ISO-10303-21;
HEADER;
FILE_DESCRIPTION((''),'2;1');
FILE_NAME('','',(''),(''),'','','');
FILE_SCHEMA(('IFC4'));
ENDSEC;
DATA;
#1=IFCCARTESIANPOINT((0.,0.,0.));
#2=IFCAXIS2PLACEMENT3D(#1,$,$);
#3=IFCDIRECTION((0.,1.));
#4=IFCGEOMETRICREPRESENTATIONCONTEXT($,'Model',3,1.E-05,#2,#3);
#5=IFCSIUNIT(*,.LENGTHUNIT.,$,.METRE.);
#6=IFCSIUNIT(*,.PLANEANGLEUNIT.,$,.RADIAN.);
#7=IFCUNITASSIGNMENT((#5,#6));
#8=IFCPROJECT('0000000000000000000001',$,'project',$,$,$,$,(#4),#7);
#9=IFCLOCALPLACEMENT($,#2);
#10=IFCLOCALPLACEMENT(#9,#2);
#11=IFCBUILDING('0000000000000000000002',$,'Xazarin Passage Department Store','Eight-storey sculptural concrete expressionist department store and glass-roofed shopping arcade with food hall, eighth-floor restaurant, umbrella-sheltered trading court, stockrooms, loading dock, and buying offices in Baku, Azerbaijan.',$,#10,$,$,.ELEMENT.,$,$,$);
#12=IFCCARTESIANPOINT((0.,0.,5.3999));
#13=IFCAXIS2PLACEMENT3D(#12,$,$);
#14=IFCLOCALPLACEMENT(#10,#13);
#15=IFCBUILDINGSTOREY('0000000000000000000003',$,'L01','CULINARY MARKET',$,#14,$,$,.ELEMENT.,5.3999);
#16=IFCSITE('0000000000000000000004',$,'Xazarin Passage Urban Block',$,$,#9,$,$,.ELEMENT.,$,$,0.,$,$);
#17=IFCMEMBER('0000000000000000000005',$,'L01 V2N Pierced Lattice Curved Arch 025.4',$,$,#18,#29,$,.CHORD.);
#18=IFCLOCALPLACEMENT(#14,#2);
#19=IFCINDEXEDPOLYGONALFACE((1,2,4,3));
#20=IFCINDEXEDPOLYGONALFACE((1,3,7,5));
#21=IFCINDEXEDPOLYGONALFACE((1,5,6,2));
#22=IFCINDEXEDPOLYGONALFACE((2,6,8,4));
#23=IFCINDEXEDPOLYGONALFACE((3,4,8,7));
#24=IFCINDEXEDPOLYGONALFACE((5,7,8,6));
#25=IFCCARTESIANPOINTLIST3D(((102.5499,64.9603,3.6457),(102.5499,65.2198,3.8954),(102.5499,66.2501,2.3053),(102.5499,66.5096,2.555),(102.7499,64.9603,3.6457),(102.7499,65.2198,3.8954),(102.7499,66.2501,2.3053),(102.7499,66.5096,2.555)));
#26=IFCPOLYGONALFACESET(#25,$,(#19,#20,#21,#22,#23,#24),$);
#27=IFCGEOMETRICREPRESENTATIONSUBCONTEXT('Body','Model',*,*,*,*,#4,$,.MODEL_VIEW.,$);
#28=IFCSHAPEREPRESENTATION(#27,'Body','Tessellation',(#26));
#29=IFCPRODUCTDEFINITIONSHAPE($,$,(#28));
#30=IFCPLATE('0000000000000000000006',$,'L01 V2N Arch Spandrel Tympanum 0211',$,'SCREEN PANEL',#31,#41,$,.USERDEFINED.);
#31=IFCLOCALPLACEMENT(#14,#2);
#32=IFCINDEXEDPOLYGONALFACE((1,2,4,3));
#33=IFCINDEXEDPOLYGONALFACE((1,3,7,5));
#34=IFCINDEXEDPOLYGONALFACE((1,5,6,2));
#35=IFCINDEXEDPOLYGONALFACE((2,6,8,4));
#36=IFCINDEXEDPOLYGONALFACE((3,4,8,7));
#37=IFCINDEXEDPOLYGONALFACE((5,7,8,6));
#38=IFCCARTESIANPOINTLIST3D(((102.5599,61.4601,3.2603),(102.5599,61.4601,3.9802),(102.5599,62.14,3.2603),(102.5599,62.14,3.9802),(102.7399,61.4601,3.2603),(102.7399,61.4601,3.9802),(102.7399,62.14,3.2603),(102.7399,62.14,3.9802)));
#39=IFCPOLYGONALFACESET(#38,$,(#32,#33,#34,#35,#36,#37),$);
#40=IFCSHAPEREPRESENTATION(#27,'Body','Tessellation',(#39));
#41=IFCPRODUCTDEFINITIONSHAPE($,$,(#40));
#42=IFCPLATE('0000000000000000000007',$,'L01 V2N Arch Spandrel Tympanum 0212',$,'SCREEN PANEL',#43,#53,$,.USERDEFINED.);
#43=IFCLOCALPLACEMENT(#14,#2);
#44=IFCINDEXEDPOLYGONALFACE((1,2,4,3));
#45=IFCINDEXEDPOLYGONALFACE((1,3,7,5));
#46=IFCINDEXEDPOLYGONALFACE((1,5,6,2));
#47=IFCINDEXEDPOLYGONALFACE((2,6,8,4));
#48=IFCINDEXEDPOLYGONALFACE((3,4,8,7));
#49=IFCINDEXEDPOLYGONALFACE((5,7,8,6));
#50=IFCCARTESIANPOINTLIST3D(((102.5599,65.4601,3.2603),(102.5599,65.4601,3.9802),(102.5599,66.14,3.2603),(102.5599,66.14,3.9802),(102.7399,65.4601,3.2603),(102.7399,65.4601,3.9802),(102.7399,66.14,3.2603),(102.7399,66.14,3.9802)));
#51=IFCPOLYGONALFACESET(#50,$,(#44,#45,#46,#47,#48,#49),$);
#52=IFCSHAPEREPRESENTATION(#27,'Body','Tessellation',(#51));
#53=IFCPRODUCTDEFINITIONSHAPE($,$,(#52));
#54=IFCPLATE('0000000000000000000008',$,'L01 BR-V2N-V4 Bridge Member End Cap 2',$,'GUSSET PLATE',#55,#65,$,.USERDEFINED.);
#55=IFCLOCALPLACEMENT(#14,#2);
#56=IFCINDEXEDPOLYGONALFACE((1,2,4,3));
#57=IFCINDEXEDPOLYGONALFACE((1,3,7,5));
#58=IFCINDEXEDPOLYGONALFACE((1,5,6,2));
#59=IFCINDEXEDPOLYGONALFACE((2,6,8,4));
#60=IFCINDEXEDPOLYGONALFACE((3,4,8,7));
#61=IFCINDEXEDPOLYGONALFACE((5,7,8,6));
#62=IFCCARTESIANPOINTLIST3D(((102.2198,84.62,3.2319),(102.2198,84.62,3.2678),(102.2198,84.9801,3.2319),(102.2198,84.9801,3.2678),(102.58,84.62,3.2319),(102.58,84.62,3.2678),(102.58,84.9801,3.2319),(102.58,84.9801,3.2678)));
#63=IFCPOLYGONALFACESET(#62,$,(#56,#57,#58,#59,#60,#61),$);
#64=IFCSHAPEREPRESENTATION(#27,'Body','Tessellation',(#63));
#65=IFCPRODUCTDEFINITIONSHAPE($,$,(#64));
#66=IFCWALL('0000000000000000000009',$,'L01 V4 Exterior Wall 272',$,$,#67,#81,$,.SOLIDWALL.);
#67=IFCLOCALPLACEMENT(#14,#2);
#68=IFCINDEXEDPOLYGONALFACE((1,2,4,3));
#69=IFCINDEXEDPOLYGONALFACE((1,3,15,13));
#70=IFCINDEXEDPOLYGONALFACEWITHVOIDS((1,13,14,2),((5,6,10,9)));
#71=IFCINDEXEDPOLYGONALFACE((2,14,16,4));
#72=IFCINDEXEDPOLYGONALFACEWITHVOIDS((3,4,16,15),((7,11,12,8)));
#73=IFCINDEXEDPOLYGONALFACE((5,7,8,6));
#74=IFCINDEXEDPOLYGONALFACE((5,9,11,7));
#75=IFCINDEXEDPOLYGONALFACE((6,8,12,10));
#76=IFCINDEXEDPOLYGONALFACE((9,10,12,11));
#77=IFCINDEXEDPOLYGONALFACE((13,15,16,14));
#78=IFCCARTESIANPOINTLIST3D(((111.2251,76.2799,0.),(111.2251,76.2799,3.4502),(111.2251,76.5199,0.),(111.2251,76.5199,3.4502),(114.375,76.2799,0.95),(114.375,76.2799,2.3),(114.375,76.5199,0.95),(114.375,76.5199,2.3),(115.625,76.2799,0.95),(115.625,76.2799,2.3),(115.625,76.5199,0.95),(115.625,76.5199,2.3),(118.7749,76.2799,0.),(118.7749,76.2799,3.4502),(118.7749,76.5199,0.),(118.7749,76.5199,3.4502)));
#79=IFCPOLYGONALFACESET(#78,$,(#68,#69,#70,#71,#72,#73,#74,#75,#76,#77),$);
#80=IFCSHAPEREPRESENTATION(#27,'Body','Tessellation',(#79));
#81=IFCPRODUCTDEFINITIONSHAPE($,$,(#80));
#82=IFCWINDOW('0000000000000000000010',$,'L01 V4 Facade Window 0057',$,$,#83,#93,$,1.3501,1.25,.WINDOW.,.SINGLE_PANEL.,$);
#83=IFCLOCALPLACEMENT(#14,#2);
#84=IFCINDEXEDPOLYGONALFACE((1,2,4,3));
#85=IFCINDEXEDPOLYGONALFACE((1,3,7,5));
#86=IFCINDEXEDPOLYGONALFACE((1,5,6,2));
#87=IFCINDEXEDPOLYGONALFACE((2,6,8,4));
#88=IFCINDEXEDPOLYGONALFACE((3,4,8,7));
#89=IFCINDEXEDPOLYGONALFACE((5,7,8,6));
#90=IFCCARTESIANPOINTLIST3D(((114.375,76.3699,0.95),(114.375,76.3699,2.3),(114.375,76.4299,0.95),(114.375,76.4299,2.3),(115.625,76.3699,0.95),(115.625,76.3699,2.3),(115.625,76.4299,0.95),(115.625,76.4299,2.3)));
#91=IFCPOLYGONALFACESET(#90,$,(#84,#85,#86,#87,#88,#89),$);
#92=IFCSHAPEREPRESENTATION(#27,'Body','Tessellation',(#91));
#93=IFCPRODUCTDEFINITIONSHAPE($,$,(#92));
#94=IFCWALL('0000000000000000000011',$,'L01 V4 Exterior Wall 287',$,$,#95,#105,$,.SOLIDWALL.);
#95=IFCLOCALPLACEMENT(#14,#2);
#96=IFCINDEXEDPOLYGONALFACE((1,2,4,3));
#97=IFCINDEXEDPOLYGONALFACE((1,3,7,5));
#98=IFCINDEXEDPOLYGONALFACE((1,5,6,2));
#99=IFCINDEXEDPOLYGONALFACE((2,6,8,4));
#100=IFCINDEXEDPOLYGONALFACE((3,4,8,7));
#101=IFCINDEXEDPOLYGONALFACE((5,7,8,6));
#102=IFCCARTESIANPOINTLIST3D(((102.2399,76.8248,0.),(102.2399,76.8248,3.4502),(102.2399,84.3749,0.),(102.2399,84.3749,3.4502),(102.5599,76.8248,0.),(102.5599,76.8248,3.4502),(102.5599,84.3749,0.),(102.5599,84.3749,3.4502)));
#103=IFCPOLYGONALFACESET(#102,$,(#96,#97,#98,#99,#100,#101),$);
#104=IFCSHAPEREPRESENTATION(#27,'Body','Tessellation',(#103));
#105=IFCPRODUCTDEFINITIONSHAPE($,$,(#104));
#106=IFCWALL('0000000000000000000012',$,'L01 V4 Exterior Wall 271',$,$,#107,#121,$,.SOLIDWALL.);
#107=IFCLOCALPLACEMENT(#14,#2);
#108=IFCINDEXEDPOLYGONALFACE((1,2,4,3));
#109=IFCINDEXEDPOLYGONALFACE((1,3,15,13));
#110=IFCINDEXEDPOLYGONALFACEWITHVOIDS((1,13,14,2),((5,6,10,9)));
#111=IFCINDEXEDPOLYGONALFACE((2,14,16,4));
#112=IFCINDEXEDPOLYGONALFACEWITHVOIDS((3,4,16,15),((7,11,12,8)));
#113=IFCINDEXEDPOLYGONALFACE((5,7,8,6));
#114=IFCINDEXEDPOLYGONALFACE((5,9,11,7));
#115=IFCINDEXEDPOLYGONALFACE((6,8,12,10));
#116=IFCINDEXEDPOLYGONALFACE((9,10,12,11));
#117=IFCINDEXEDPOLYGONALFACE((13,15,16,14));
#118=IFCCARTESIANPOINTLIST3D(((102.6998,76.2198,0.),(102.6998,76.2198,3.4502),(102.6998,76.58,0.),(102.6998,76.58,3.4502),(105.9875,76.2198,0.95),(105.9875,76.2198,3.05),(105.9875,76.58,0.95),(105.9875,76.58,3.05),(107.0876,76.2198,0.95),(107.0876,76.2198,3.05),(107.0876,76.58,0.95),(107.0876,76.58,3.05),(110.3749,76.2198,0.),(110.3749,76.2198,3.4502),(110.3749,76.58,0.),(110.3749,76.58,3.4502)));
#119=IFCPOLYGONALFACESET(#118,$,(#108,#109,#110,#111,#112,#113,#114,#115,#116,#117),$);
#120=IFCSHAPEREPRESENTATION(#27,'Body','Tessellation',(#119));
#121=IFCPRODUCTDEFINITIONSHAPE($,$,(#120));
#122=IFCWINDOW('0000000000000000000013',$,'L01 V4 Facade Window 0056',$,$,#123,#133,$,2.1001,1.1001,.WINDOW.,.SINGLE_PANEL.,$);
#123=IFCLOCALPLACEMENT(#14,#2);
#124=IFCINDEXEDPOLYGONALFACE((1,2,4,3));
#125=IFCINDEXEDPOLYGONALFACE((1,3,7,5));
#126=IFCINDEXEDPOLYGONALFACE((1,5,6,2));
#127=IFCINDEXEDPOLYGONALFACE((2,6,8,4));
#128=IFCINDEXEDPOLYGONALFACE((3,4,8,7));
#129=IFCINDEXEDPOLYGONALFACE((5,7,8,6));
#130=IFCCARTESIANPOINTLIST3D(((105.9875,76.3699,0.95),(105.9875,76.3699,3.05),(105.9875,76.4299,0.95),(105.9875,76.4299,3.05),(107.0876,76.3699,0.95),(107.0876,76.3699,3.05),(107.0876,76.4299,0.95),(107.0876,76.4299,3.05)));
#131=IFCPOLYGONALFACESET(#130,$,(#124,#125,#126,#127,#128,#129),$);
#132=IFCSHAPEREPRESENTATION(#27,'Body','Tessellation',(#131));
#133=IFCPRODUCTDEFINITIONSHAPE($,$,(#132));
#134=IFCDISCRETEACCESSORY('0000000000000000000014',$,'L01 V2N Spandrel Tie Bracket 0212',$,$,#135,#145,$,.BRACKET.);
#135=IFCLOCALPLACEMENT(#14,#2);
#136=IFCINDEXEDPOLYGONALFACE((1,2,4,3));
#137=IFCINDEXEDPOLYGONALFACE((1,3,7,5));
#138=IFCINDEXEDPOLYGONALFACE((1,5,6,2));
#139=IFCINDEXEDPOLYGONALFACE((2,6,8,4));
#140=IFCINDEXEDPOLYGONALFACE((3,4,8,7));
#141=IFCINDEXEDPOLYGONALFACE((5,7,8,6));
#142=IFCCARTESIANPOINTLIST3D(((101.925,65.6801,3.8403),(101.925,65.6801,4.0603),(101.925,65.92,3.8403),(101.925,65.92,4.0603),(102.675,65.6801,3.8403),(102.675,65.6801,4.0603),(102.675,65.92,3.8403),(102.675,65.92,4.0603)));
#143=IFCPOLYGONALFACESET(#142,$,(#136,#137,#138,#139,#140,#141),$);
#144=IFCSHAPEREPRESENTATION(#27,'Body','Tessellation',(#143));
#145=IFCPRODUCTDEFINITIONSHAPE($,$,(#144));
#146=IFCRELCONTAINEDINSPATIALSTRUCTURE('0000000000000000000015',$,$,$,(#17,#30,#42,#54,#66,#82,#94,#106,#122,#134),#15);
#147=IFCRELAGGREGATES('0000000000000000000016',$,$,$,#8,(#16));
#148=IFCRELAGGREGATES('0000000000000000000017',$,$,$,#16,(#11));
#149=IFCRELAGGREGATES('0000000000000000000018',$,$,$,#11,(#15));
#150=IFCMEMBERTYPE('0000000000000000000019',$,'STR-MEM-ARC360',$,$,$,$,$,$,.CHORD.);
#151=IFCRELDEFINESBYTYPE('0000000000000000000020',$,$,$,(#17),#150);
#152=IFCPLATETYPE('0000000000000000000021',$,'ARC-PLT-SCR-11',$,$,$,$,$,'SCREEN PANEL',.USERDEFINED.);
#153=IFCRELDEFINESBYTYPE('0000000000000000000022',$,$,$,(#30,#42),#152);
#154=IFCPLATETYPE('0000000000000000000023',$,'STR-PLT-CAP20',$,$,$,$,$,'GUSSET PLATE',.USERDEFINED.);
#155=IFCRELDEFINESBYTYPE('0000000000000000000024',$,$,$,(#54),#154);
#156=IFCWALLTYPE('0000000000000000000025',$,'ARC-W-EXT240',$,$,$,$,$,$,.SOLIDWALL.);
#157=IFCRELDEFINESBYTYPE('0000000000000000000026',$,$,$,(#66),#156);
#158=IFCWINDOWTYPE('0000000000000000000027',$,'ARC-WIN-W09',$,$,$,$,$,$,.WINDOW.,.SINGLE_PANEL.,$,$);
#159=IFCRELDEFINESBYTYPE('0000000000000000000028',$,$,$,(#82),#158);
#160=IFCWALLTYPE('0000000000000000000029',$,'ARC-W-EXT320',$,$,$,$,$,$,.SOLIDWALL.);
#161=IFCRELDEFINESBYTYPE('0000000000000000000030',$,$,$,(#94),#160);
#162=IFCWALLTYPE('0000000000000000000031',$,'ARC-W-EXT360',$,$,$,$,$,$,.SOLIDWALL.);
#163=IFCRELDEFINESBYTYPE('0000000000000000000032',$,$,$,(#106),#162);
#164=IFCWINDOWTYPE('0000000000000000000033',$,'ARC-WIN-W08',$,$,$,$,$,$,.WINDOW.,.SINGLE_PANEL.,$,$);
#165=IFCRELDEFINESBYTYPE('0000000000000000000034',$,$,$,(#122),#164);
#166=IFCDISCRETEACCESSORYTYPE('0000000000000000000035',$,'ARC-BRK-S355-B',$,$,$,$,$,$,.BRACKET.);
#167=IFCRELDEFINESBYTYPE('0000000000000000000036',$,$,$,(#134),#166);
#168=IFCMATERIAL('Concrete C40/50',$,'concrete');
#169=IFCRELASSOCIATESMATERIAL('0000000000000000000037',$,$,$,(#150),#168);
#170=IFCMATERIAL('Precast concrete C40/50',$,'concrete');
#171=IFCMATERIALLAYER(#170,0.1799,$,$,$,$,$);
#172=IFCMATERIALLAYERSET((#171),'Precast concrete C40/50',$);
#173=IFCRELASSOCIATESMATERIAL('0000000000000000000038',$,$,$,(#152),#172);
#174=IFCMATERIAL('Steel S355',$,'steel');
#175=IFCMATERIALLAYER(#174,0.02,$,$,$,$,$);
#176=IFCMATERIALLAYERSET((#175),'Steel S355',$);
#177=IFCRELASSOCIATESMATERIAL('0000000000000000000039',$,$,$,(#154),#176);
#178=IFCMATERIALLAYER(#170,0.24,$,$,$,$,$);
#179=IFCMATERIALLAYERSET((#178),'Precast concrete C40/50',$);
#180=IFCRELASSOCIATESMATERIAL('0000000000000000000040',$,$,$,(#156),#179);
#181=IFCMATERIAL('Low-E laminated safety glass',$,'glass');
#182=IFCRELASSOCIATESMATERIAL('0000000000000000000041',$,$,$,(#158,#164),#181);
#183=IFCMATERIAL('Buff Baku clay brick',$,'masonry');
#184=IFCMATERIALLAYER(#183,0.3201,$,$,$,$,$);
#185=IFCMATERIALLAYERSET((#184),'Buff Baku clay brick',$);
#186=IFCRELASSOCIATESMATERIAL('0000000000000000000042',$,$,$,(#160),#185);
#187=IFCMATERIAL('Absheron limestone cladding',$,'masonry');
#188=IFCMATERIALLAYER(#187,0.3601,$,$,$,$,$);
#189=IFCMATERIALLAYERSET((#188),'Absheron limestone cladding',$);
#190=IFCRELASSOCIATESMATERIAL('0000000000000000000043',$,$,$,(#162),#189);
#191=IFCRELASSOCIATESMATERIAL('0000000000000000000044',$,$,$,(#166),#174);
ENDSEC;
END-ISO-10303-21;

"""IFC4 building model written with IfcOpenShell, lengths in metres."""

from ifc_helpers import new_model, si_unit, direction, frame, frame_2d, origin, origin_2d, place, context, subcontext, project, spatial, rectangle, extrude, material, layer, layer_set, material_profile, profile_set, type_object, element, fill, save


model = new_model("IFC4")

# Units and contexts
model_context = context("Model", 3, precision=1e-05, world=origin(), true_north=direction((0.0, 1.0)))
body_context = subcontext(model_context, "Body", "Model", "MODEL_VIEW")
ifc_project = project(units=[si_unit("LENGTHUNIT", "METRE"), si_unit("PLANEANGLEUNIT", "RADIAN")], contexts=[model_context])

# Site, building, storey
site_placement = place(None, origin())
site = spatial("IfcSite", under=ifc_project, at=site_placement, Name="Xazarin Passage Urban Block", CompositionType="ELEMENT", RefElevation=0.0)
building_placement = place(site_placement, origin())
building = spatial("IfcBuilding", under=site, at=building_placement, Name="Xazarin Passage Department Store", Description="Eight-storey sculptural concrete expressionist department store and glass-roofed shopping arcade with food hall, eighth-floor restaurant, umbrella-sheltered trading court, stockrooms, loading dock, and buying offices in Baku, Azerbaijan.", CompositionType="ELEMENT")
storey_placement = place(building_placement, frame((0.0, 0.0, 5.3999)))
storey = spatial("IfcBuildingStorey", under=building, at=storey_placement, Name="L01", Description="CULINARY MARKET", CompositionType="ELEMENT", Elevation=5.3999)

# Shared definitions
ifc_material_1 = material(Name="Concrete C40/50", Category="concrete")

# Member
ifc_material_profile_1 = material_profile(ifc_material_1, rectangle(XDim=0.2, YDim=0.3601, at=origin_2d()), Name="RC 200x360")
ifc_profile_set_1 = profile_set([ifc_material_profile_1], Name="Concrete C40/50")
member_type = type_object("IfcMemberType", Name="STR-MEM-ARC360", PredefinedType="CHORD", material=ifc_profile_set_1)
member_placement = place(storey_placement, frame((102.6499, 65.0901, 3.7705), z_axis=(0.0, 0.693392, -0.720561), x_axis=(-1.0, 0.0, 0.0)))
element("IfcMember", 1, at=member_placement, inside=storey, type_object=member_type, Name="L01 V2N Pierced Lattice Curved Arch 025.4", PredefinedType="CHORD", context=body_context, shape_type="SweptSolid", body=[
    extrude(rectangle(XDim=0.2, YDim=0.3601, at=origin_2d()), origin(), (0.0, 0.0, 1.0), 1.8601),
])

# Plates
ifc_material_2 = material(Name="Precast concrete C40/50", Category="concrete")
ifc_layer_1 = layer(ifc_material_2, 0.1799)
ifc_layer_set_1 = layer_set([ifc_layer_1], Name="Precast concrete C40/50")
plate_type_1 = type_object("IfcPlateType", Name="ARC-PLT-SCR-11", ElementType="SCREEN PANEL", PredefinedType="USERDEFINED", material=ifc_layer_set_1)
for number, where, z_axis, x_axis, name in (
    (2, (102.6499, 61.8, 3.2603), (0.0, 0.0, 1.0), (0.0, 1.0, 0.0), "L01 V2N Arch Spandrel Tympanum 0211"),
    (3, (102.6499, 65.8, 3.2603), (0.0, 0.0, 1.0), (0.0, 1.0, 0.0), "L01 V2N Arch Spandrel Tympanum 0212"),
):
    element("IfcPlate", number, at=place(storey_placement, frame(where, z_axis=z_axis, x_axis=x_axis)), inside=storey, type_object=plate_type_1, Name=name, ObjectType="SCREEN PANEL", PredefinedType="USERDEFINED", context=body_context, shape_type="SweptSolid", body=[
        extrude(rectangle(XDim=0.6799, YDim=0.1799, at=origin_2d()), origin(), (0.0, 0.0, 1.0), 0.72),
    ])
ifc_material_3 = material(Name="Steel S355", Category="steel")
ifc_layer_2 = layer(ifc_material_3, 0.02)
ifc_layer_set_2 = layer_set([ifc_layer_2], Name="Steel S355")
plate_type_2 = type_object("IfcPlateType", Name="STR-PLT-CAP20", ElementType="GUSSET PLATE", PredefinedType="USERDEFINED", material=ifc_layer_set_2)
plate_placement = place(storey_placement, frame((102.3999, 84.8, 3.2319), z_axis=(0.0, 0.0, 1.0), x_axis=(1.0, 0.0, 0.0)))
element("IfcPlate", 4, at=plate_placement, inside=storey, type_object=plate_type_2, Name="L01 BR-V2N-V4 Bridge Member End Cap 2", ObjectType="GUSSET PLATE", PredefinedType="USERDEFINED", context=body_context, shape_type="SweptSolid", body=[
    extrude(rectangle(XDim=0.3601, YDim=0.3601, at=origin_2d()), origin(), (0.0, 0.0, 1.0), 0.0359),
])

# Wall, opening, window
ifc_layer_3 = layer(ifc_material_2, 0.24)
ifc_layer_set_3 = layer_set([ifc_layer_3], Name="Precast concrete C40/50")
wall_type_1 = type_object("IfcWallType", Name="ARC-W-EXT240", PredefinedType="SOLIDWALL", material=ifc_layer_set_3)
wall_1_placement = place(storey_placement, frame((111.2251, 76.3999, 0.0), z_axis=(0.0, 0.0, 1.0), x_axis=(1.0, 0.0, 0.0)))
wall_1 = element("IfcWall", 5, at=wall_1_placement, inside=storey, type_object=wall_type_1, Name="L01 V4 Exterior Wall 272", PredefinedType="SOLIDWALL", context=body_context, shape_type="SweptSolid", body=[
    extrude(rectangle(XDim=7.5498, YDim=0.24, at=frame_2d((3.7749, 0.0))), origin(), (0.0, 0.0, 1.0), 3.4502),
])
opening_1_placement = place(wall_1_placement, frame((3.1499, 0.0, 0.95)))
opening_1 = element("IfcOpeningElement", 6, at=opening_1_placement, cuts=wall_1, PredefinedType="OPENING", context=body_context, shape_type="SweptSolid", body=[
    extrude(rectangle(XDim=1.25, YDim=1.3501, at=frame_2d((0.625, 0.675))), frame((0.0, 0.1299, 0.0), z_axis=(0.0, -1.0, 0.0), x_axis=(1.0, 0.0, 0.0)), (0.0, 0.0, 1.0), 0.26),
])
ifc_material_4 = material(Name="Low-E laminated safety glass", Category="glass")
window_type_1 = type_object("IfcWindowType", Name="ARC-WIN-W09", PartitioningType="SINGLE_PANEL", PredefinedType="WINDOW", material=ifc_material_4)
window_1_placement = place(opening_1_placement, origin())
window_1 = element("IfcWindow", 7, at=window_1_placement, inside=storey, type_object=window_type_1, Name="L01 V4 Facade Window 0057", OverallHeight=1.3501, OverallWidth=1.25, PartitioningType="SINGLE_PANEL", PredefinedType="WINDOW", context=body_context, shape_type="SweptSolid", body=[
    extrude(rectangle(XDim=1.25, YDim=1.3501, at=frame_2d((0.625, 0.675))), frame((0.0, 0.03, 0.0), z_axis=(0.0, -1.0, 0.0), x_axis=(1.0, 0.0, 0.0)), (0.0, 0.0, 1.0), 0.0601),
])
fill(opening_1, window_1)

# Wall
ifc_material_5 = material(Name="Buff Baku clay brick", Category="masonry")
ifc_layer_4 = layer(ifc_material_5, 0.3201)
ifc_layer_set_4 = layer_set([ifc_layer_4], Name="Buff Baku clay brick")
wall_type_2 = type_object("IfcWallType", Name="ARC-W-EXT320", PredefinedType="SOLIDWALL", material=ifc_layer_set_4)
wall_2_placement = place(storey_placement, frame((102.3999, 76.825, 0.0), z_axis=(0.0, 0.0, 1.0), x_axis=(0.0, 1.0, 0.0)))
element("IfcWall", 8, at=wall_2_placement, inside=storey, type_object=wall_type_2, Name="L01 V4 Exterior Wall 287", PredefinedType="SOLIDWALL", context=body_context, shape_type="SweptSolid", body=[
    extrude(rectangle(XDim=7.55, YDim=0.3201, at=frame_2d((3.7749, 0.0))), origin(), (0.0, 0.0, 1.0), 3.4502),
])

# Wall, opening, window
ifc_material_6 = material(Name="Absheron limestone cladding", Category="masonry")
ifc_layer_5 = layer(ifc_material_6, 0.3601)
ifc_layer_set_5 = layer_set([ifc_layer_5], Name="Absheron limestone cladding")
wall_type_3 = type_object("IfcWallType", Name="ARC-W-EXT360", PredefinedType="SOLIDWALL", material=ifc_layer_set_5)
wall_3_placement = place(storey_placement, frame((102.7, 76.3999, 0.0), z_axis=(0.0, 0.0, 1.0), x_axis=(1.0, 0.0, 0.0)))
wall_3 = element("IfcWall", 9, at=wall_3_placement, inside=storey, type_object=wall_type_3, Name="L01 V4 Exterior Wall 271", PredefinedType="SOLIDWALL", context=body_context, shape_type="SweptSolid", body=[
    extrude(rectangle(XDim=7.675, YDim=0.3601, at=frame_2d((3.8374, 0.0))), origin(), (0.0, 0.0, 1.0), 3.4502),
])
opening_2_placement = place(wall_3_placement, frame((3.2876, 0.0, 0.95)))
opening_2 = element("IfcOpeningElement", 10, at=opening_2_placement, cuts=wall_3, PredefinedType="OPENING", context=body_context, shape_type="SweptSolid", body=[
    extrude(rectangle(XDim=1.1001, YDim=2.1001, at=frame_2d((0.55, 1.05))), frame((0.0, 0.1899, 0.0), z_axis=(0.0, -1.0, 0.0), x_axis=(1.0, 0.0, 0.0)), (0.0, 0.0, 1.0), 0.3801),
])
window_type_2 = type_object("IfcWindowType", Name="ARC-WIN-W08", PartitioningType="SINGLE_PANEL", PredefinedType="WINDOW", material=ifc_material_4)
window_2_placement = place(opening_2_placement, origin())
window_2 = element("IfcWindow", 11, at=window_2_placement, inside=storey, type_object=window_type_2, Name="L01 V4 Facade Window 0056", OverallHeight=2.1001, OverallWidth=1.1001, PartitioningType="SINGLE_PANEL", PredefinedType="WINDOW", context=body_context, shape_type="SweptSolid", body=[
    extrude(rectangle(XDim=1.1001, YDim=2.1001, at=frame_2d((0.55, 1.05))), frame((0.0, 0.03, 0.0), z_axis=(0.0, -1.0, 0.0), x_axis=(1.0, 0.0, 0.0)), (0.0, 0.0, 1.0), 0.0601),
])
fill(opening_2, window_2)

# Discrete accessory
discrete_accessory_type = type_object("IfcDiscreteAccessoryType", Name="ARC-BRK-S355-B", PredefinedType="BRACKET", material=ifc_material_3)
discrete_accessory_placement = place(storey_placement, frame((102.3, 65.8, 3.8403), z_axis=(0.0, 0.0, 1.0), x_axis=(0.0, 1.0, 0.0)))
element("IfcDiscreteAccessory", 12, at=discrete_accessory_placement, inside=storey, type_object=discrete_accessory_type, Name="L01 V2N Spandrel Tie Bracket 0212", PredefinedType="BRACKET", context=body_context, shape_type="SweptSolid", body=[
    extrude(rectangle(XDim=0.24, YDim=0.75, at=origin_2d()), origin(), (0.0, 0.0, 1.0), 0.22),
])

save(model, "model.ifc")
